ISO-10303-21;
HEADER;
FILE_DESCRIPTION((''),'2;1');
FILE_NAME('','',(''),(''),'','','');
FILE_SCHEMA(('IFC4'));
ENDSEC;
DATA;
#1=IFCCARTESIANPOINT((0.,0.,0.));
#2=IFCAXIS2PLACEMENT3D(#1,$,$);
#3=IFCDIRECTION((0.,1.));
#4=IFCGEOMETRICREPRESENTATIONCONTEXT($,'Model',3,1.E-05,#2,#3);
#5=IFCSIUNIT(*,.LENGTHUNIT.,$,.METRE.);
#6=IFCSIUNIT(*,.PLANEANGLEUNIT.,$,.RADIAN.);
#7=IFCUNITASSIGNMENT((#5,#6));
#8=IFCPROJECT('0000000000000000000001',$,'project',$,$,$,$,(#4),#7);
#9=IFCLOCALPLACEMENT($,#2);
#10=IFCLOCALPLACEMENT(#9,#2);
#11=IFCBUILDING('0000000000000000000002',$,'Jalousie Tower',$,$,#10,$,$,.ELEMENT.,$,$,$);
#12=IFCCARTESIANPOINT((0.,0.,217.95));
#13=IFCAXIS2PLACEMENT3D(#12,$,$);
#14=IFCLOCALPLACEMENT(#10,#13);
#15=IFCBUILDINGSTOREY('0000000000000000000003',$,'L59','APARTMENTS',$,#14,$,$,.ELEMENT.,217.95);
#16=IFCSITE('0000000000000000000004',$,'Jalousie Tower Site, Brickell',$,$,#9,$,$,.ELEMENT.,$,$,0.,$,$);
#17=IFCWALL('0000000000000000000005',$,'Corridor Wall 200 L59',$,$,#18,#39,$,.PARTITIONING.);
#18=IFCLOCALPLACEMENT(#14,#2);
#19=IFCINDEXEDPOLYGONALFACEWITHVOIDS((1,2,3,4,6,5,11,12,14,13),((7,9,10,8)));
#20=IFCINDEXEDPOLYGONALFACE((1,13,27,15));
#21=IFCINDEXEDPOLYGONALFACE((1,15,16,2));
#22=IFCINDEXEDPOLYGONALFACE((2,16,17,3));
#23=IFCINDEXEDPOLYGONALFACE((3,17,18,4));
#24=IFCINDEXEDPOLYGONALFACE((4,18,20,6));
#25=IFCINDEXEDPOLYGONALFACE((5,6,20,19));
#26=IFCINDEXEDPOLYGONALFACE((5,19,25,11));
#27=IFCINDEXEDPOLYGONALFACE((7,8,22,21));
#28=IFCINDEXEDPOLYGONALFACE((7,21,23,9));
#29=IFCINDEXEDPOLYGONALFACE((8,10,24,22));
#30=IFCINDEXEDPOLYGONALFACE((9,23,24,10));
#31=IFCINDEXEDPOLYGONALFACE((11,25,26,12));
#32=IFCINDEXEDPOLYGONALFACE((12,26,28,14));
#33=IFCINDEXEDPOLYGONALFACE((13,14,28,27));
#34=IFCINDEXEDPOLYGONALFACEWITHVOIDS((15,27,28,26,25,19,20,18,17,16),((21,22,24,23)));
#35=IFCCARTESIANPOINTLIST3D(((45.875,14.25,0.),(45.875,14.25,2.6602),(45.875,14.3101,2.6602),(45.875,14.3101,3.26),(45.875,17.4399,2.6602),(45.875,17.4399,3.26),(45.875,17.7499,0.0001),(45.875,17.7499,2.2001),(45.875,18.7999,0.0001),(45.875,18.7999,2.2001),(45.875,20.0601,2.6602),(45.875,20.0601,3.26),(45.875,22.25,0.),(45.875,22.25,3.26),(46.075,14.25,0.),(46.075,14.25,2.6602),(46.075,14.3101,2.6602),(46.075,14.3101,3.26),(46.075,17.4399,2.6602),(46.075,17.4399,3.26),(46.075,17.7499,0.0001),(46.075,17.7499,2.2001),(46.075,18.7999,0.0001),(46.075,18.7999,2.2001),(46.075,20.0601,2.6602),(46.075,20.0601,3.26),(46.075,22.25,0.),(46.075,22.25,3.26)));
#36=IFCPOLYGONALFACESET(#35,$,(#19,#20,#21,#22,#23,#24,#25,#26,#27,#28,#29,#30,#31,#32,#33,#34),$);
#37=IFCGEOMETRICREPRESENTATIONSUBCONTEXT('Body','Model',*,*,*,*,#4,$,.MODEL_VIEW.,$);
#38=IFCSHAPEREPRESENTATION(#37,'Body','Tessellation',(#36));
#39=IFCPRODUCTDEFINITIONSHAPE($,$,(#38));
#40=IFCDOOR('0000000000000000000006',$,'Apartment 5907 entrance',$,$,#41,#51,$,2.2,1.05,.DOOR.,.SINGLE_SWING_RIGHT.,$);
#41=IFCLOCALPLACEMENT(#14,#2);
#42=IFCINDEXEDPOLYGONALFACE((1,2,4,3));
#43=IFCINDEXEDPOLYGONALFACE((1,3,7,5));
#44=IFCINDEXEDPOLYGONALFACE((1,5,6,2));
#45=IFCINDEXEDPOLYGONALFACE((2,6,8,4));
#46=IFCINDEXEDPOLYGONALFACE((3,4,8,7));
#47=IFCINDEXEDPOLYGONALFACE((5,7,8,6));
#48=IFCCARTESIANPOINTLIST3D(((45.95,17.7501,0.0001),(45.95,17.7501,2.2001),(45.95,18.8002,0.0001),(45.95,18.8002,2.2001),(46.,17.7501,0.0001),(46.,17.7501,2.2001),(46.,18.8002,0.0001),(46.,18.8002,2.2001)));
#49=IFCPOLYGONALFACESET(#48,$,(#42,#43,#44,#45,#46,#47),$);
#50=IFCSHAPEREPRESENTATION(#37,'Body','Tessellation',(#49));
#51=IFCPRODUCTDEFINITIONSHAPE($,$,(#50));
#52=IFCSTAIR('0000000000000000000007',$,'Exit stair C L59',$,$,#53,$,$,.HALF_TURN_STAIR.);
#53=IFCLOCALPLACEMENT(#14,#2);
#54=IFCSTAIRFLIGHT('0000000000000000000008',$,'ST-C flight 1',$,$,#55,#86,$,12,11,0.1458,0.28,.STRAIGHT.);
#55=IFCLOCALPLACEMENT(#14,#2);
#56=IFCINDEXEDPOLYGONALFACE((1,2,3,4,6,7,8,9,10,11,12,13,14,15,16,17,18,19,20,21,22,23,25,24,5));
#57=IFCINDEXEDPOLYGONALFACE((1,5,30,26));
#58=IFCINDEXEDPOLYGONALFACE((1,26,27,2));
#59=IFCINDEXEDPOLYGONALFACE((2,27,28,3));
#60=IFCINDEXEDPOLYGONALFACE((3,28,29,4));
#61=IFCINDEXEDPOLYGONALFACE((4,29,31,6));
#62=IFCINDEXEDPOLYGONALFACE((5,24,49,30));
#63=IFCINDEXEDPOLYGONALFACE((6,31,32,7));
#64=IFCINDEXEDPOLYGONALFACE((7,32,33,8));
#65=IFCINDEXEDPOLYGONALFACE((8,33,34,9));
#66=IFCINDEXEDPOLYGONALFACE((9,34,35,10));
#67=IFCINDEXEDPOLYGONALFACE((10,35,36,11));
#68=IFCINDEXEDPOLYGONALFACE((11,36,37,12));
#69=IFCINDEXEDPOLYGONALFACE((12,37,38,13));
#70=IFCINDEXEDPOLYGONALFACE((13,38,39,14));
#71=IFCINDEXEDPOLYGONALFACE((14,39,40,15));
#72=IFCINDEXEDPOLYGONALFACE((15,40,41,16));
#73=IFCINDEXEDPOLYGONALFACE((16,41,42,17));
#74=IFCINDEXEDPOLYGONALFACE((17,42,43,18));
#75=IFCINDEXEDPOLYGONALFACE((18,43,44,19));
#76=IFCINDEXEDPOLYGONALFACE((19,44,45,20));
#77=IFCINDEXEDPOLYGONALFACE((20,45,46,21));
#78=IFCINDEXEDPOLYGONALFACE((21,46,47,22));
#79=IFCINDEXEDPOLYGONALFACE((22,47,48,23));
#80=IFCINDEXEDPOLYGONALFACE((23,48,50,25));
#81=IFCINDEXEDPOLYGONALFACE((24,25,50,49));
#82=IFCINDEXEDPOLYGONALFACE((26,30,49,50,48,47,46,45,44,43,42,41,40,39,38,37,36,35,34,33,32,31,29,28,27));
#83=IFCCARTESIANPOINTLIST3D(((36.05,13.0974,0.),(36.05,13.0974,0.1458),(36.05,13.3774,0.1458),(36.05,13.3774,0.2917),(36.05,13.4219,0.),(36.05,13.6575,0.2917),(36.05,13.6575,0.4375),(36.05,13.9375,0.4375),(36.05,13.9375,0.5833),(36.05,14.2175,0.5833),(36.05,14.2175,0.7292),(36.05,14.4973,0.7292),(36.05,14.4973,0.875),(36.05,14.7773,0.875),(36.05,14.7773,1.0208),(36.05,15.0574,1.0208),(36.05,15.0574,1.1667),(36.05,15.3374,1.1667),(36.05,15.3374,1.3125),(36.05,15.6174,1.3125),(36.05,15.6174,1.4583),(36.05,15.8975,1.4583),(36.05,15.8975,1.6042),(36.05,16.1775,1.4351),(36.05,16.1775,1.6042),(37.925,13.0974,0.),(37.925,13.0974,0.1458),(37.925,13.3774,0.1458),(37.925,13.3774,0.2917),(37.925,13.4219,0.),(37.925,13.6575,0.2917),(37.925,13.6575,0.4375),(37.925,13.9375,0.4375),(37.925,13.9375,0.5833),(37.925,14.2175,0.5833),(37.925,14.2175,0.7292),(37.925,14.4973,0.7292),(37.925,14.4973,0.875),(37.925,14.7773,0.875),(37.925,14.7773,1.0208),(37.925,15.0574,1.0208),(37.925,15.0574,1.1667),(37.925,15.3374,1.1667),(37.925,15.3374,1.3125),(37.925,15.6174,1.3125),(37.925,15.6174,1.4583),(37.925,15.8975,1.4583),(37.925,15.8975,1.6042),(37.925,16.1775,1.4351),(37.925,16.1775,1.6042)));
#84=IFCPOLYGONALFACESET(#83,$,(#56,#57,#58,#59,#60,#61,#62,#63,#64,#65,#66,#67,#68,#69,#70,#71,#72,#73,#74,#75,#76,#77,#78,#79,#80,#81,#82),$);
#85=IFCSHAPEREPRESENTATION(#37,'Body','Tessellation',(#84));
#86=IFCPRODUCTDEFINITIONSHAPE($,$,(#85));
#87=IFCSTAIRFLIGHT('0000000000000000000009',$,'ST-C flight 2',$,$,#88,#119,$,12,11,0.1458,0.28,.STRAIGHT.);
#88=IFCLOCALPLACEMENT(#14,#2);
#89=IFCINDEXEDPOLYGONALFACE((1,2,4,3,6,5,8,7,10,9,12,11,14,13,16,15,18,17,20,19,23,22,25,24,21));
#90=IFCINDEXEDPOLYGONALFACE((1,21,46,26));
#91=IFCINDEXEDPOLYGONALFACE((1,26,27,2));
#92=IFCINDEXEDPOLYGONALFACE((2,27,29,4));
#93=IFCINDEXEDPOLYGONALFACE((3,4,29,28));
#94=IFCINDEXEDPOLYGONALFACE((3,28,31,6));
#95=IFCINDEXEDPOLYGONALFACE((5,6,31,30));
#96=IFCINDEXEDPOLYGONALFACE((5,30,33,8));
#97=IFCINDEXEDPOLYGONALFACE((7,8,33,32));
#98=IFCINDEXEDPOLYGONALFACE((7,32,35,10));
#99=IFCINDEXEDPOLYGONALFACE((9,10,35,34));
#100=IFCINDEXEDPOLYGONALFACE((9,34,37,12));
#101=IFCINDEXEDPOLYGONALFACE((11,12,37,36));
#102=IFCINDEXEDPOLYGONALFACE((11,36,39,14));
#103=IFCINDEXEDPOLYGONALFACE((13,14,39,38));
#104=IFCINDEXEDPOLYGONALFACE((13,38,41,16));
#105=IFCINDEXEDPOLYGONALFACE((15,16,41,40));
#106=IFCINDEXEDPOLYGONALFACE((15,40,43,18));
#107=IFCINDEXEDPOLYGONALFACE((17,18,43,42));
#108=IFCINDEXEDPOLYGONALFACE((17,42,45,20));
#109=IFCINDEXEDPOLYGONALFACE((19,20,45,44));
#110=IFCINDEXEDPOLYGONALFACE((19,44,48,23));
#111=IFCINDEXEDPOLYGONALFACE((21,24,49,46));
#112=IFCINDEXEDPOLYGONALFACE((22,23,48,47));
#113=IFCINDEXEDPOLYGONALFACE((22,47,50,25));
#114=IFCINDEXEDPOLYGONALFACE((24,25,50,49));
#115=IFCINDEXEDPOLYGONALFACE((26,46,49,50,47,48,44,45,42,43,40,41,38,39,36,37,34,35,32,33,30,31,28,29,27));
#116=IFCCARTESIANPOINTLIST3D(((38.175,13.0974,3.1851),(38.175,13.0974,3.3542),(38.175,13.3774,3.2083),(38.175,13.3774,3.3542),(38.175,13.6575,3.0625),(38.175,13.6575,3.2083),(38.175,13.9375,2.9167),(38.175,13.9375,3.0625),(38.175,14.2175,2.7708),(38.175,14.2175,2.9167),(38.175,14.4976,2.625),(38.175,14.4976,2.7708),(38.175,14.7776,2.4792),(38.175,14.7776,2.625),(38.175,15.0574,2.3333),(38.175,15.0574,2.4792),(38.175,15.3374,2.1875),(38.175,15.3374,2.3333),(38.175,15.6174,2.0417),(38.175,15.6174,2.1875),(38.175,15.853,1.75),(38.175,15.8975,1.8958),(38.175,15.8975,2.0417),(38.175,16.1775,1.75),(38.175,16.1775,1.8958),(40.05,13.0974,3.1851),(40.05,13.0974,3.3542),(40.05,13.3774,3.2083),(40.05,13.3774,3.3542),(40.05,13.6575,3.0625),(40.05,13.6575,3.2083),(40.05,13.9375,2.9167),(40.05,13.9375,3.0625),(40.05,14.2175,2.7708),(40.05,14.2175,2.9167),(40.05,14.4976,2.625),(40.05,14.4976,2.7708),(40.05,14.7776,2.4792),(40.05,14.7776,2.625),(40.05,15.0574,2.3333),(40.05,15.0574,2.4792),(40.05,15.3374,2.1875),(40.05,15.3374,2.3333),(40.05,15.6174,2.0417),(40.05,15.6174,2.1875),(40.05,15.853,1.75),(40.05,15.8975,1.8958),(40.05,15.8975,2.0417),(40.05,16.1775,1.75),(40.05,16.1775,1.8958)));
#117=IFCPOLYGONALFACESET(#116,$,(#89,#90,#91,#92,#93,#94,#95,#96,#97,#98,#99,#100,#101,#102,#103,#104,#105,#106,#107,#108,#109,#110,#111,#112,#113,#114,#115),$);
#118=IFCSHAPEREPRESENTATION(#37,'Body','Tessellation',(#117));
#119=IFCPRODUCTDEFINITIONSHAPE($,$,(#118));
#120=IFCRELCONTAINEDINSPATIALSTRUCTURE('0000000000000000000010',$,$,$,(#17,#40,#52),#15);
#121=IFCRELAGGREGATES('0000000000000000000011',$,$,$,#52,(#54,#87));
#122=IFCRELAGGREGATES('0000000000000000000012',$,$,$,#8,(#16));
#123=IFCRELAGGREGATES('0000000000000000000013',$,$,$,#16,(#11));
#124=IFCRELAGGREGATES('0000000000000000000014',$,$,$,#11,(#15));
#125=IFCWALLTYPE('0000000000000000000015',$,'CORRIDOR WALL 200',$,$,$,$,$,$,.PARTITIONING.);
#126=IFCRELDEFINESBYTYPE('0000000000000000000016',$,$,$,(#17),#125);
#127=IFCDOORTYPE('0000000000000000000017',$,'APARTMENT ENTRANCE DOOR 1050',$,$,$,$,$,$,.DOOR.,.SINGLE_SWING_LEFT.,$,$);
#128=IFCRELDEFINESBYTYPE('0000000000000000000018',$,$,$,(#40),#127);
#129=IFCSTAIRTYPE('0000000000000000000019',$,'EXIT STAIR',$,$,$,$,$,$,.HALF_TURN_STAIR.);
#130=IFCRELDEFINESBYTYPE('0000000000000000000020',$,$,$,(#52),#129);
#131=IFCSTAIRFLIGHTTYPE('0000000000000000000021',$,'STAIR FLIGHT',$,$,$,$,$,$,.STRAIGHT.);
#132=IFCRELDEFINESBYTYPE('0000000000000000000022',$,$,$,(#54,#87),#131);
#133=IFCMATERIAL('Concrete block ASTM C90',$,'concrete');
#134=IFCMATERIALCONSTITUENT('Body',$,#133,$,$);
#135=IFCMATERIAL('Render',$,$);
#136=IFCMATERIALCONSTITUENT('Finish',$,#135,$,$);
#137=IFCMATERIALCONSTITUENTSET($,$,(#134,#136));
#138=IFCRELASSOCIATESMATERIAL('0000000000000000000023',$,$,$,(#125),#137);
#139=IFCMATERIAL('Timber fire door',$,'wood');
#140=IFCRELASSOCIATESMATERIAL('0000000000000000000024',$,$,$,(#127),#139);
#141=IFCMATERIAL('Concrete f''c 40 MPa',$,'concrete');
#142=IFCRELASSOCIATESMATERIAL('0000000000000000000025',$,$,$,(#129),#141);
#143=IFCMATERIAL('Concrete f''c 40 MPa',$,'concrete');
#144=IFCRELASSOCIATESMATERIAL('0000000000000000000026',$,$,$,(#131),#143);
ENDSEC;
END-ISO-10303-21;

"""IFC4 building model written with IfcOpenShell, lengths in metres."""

from ifc_helpers import new_model, si_unit, direction, frame, frame_2d, origin, place, context, subcontext, project, spatial, polyline, rectangle, outline, extrude, material, constituent, constituent_set, type_object, element, fill, aggregate, save


model = new_model("IFC4")

# Units and contexts
model_context = context("Model", 3, precision=1e-05, world=origin(), true_north=direction((0.0, 1.0)))
body_context = subcontext(model_context, "Body", "Model", "MODEL_VIEW")
ifc_project = project(units=[si_unit("LENGTHUNIT", "METRE"), si_unit("PLANEANGLEUNIT", "RADIAN")], contexts=[model_context])

# Site, building, storey
site_placement = place(None, origin())
site = spatial("IfcSite", under=ifc_project, at=site_placement, Name="Jalousie Tower Site, Brickell", CompositionType="ELEMENT", RefElevation=0.0)
building_placement = place(site_placement, origin())
building = spatial("IfcBuilding", under=site, at=building_placement, Name="Jalousie Tower", CompositionType="ELEMENT")
storey_placement = place(building_placement, frame((0.0, 0.0, 217.95)))
storey = spatial("IfcBuildingStorey", under=building, at=storey_placement, Name="L59", Description="APARTMENTS", CompositionType="ELEMENT", Elevation=217.95)

# Wall, opening, door
ifc_material_1 = material(Name="Concrete block ASTM C90", Category="concrete")
ifc_constituent_1 = constituent(ifc_material_1, Name="Body")
ifc_material_2 = material(Name="Render")
ifc_constituent_2 = constituent(ifc_material_2, Name="Finish")
ifc_constituent_set_1 = constituent_set(constituents=[ifc_constituent_1, ifc_constituent_2])
wall_type_1 = type_object("IfcWallType", Name="CORRIDOR WALL 200", PredefinedType="PARTITIONING", material=ifc_constituent_set_1)
wall_1_placement = place(storey_placement, frame((45.9751, 14.25, 0.0), z_axis=(0.0, 0.0, 1.0), x_axis=(0.0, 1.0, 0.0)))
wall_1 = element("IfcWall", 1, at=wall_1_placement, inside=storey, type_object=wall_type_1, Name="Corridor Wall 200 L59", PredefinedType="PARTITIONING", context=body_context, shape_type="SweptSolid", body=[
    extrude(outline(polyline([(0.0, 0.0), (8.0, 0.0), (8.0, 3.26), (5.8101, 3.26), (5.8101, 2.6602), (3.1899, 2.6602), (3.1899, 3.26), (0.0601, 3.26), (0.0601, 2.6602), (0.0, 2.6602), (0.0, 3.26), (0.0, 0.0)])), frame((0.0, 0.1001, 0.0), z_axis=(0.0, -1.0, 0.0), x_axis=(1.0, 0.0, 0.0)), (0.0, 0.0, 1.0), 0.2),
])
opening_1_placement = place(wall_1_placement, frame((3.5, 0.0, 0.0)))
opening_1 = element("IfcOpeningElement", 2, at=opening_1_placement, cuts=wall_1, PredefinedType="OPENING", context=body_context, shape_type="SweptSolid", body=[
    extrude(rectangle(XDim=1.05, YDim=2.2, at=frame_2d((0.5249, 1.1001))), frame((0.0, 0.1099, 0.0), z_axis=(0.0, -1.0, 0.0), x_axis=(1.0, 0.0, 0.0)), (0.0, 0.0, 1.0), 0.22),
])
ifc_material_3 = material(Name="Timber fire door", Category="wood")
door_type_1 = type_object("IfcDoorType", Name="APARTMENT ENTRANCE DOOR 1050", OperationType="SINGLE_SWING_LEFT", PredefinedType="DOOR", material=ifc_material_3)
door_1_placement = place(opening_1_placement, frame((1.05, 0.0, 0.0), z_axis=(0.0, 0.0, 1.0), x_axis=(-1.0, 0.0, 0.0)))
door_1 = element("IfcDoor", 3, at=door_1_placement, inside=storey, type_object=door_type_1, Name="Apartment 5907 entrance", OperationType="SINGLE_SWING_RIGHT", OverallHeight=2.2, OverallWidth=1.05, PredefinedType="DOOR", context=body_context, shape_type="SweptSolid", body=[
    extrude(rectangle(XDim=1.05, YDim=2.2, at=frame_2d((0.5249, 1.1001))), frame((0.0, 0.0249, 0.0), z_axis=(0.0, -1.0, 0.0), x_axis=(1.0, 0.0, 0.0)), (0.0, 0.0, 1.0), 0.05),
])
fill(opening_1, door_1)

# Stair, stair flights
ifc_material_4 = material(Name="Concrete f'c 40 MPa", Category="concrete")
stair_type = type_object("IfcStairType", Name="EXIT STAIR", PredefinedType="HALF_TURN_STAIR", material=ifc_material_4)
stair_placement = place(storey_placement, origin())
stair = element("IfcStair", 4, at=stair_placement, inside=storey, type_object=stair_type, Name="Exit stair C L59", PredefinedType="HALF_TURN_STAIR")
ifc_material_5 = material(Name="Concrete f'c 40 MPa", Category="concrete")
stair_flight_type = type_object("IfcStairFlightType", Name="STAIR FLIGHT", PredefinedType="STRAIGHT", material=ifc_material_5)
stair_flight_1_placement = place(storey_placement, frame((36.9875, 13.0974, 0.0), z_axis=(0.0, 0.0, 1.0), x_axis=(0.0, 1.0, 0.0)))
stair_flight_1 = element("IfcStairFlight", 5, at=stair_flight_1_placement, type_object=stair_flight_type, Name="ST-C flight 1", NumberOfRisers=12, NumberOfTreads=11, PredefinedType="STRAIGHT", RiserHeight=0.1458, TreadLength=0.28, context=body_context, shape_type="SweptSolid", body=[
    extrude(outline(polyline([(0.0, 0.0), (0.0, 0.1458), (0.28, 0.1458), (0.28, 0.2917), (0.5601, 0.2917), (0.5601, 0.4375), (0.8401, 0.4375), (0.8401, 0.5833), (1.1201, 0.5833), (1.1201, 0.7292), (1.3999, 0.7292), (1.3999, 0.875), (1.6799, 0.875), (1.6799, 1.0208), (1.96, 1.0208), (1.96, 1.1667), (2.24, 1.1667), (2.24, 1.3125), (2.52, 1.3125), (2.52, 1.4583), (2.8, 1.4583), (2.8, 1.6042), (3.0801, 1.6042), (3.0801, 1.75), (3.0801, 1.4351), (0.3245, 0.0), (0.0, 0.0)])), frame((0.0, 0.9375, 0.0), z_axis=(0.0, -1.0, 0.0), x_axis=(1.0, 0.0, 0.0)), (0.0, 0.0, 1.0), 1.875),
])
stair_flight_2_placement = place(storey_placement, frame((39.1125, 16.1775, 1.75), z_axis=(0.0, 0.0, 1.0), x_axis=(0.0, -1.0, 0.0)))
stair_flight_2 = element("IfcStairFlight", 6, at=stair_flight_2_placement, type_object=stair_flight_type, Name="ST-C flight 2", NumberOfRisers=12, NumberOfTreads=11, PredefinedType="STRAIGHT", RiserHeight=0.1458, TreadLength=0.28, context=body_context, shape_type="SweptSolid", body=[
    extrude(outline(polyline([(0.0, 0.0), (0.0, 0.1458), (0.28, 0.1458), (0.28, 0.2917), (0.5601, 0.2917), (0.5601, 0.4375), (0.8401, 0.4375), (0.8401, 0.5833), (1.1201, 0.5833), (1.1201, 0.7292), (1.3999, 0.7292), (1.3999, 0.875), (1.6799, 0.875), (1.6799, 1.0208), (1.96, 1.0208), (1.96, 1.1667), (2.24, 1.1667), (2.24, 1.3125), (2.52, 1.3125), (2.52, 1.4583), (2.8, 1.4583), (2.8, 1.6042), (3.0801, 1.6042), (3.0801, 1.75), (3.0801, 1.4351), (0.3245, 0.0), (0.0, 0.0)])), frame((0.0, 0.9375, 0.0), z_axis=(0.0, -1.0, 0.0), x_axis=(1.0, 0.0, 0.0)), (0.0, 0.0, 1.0), 1.875),
])
aggregate(stair, [stair_flight_1, stair_flight_2])

save(model, "model.ifc")
